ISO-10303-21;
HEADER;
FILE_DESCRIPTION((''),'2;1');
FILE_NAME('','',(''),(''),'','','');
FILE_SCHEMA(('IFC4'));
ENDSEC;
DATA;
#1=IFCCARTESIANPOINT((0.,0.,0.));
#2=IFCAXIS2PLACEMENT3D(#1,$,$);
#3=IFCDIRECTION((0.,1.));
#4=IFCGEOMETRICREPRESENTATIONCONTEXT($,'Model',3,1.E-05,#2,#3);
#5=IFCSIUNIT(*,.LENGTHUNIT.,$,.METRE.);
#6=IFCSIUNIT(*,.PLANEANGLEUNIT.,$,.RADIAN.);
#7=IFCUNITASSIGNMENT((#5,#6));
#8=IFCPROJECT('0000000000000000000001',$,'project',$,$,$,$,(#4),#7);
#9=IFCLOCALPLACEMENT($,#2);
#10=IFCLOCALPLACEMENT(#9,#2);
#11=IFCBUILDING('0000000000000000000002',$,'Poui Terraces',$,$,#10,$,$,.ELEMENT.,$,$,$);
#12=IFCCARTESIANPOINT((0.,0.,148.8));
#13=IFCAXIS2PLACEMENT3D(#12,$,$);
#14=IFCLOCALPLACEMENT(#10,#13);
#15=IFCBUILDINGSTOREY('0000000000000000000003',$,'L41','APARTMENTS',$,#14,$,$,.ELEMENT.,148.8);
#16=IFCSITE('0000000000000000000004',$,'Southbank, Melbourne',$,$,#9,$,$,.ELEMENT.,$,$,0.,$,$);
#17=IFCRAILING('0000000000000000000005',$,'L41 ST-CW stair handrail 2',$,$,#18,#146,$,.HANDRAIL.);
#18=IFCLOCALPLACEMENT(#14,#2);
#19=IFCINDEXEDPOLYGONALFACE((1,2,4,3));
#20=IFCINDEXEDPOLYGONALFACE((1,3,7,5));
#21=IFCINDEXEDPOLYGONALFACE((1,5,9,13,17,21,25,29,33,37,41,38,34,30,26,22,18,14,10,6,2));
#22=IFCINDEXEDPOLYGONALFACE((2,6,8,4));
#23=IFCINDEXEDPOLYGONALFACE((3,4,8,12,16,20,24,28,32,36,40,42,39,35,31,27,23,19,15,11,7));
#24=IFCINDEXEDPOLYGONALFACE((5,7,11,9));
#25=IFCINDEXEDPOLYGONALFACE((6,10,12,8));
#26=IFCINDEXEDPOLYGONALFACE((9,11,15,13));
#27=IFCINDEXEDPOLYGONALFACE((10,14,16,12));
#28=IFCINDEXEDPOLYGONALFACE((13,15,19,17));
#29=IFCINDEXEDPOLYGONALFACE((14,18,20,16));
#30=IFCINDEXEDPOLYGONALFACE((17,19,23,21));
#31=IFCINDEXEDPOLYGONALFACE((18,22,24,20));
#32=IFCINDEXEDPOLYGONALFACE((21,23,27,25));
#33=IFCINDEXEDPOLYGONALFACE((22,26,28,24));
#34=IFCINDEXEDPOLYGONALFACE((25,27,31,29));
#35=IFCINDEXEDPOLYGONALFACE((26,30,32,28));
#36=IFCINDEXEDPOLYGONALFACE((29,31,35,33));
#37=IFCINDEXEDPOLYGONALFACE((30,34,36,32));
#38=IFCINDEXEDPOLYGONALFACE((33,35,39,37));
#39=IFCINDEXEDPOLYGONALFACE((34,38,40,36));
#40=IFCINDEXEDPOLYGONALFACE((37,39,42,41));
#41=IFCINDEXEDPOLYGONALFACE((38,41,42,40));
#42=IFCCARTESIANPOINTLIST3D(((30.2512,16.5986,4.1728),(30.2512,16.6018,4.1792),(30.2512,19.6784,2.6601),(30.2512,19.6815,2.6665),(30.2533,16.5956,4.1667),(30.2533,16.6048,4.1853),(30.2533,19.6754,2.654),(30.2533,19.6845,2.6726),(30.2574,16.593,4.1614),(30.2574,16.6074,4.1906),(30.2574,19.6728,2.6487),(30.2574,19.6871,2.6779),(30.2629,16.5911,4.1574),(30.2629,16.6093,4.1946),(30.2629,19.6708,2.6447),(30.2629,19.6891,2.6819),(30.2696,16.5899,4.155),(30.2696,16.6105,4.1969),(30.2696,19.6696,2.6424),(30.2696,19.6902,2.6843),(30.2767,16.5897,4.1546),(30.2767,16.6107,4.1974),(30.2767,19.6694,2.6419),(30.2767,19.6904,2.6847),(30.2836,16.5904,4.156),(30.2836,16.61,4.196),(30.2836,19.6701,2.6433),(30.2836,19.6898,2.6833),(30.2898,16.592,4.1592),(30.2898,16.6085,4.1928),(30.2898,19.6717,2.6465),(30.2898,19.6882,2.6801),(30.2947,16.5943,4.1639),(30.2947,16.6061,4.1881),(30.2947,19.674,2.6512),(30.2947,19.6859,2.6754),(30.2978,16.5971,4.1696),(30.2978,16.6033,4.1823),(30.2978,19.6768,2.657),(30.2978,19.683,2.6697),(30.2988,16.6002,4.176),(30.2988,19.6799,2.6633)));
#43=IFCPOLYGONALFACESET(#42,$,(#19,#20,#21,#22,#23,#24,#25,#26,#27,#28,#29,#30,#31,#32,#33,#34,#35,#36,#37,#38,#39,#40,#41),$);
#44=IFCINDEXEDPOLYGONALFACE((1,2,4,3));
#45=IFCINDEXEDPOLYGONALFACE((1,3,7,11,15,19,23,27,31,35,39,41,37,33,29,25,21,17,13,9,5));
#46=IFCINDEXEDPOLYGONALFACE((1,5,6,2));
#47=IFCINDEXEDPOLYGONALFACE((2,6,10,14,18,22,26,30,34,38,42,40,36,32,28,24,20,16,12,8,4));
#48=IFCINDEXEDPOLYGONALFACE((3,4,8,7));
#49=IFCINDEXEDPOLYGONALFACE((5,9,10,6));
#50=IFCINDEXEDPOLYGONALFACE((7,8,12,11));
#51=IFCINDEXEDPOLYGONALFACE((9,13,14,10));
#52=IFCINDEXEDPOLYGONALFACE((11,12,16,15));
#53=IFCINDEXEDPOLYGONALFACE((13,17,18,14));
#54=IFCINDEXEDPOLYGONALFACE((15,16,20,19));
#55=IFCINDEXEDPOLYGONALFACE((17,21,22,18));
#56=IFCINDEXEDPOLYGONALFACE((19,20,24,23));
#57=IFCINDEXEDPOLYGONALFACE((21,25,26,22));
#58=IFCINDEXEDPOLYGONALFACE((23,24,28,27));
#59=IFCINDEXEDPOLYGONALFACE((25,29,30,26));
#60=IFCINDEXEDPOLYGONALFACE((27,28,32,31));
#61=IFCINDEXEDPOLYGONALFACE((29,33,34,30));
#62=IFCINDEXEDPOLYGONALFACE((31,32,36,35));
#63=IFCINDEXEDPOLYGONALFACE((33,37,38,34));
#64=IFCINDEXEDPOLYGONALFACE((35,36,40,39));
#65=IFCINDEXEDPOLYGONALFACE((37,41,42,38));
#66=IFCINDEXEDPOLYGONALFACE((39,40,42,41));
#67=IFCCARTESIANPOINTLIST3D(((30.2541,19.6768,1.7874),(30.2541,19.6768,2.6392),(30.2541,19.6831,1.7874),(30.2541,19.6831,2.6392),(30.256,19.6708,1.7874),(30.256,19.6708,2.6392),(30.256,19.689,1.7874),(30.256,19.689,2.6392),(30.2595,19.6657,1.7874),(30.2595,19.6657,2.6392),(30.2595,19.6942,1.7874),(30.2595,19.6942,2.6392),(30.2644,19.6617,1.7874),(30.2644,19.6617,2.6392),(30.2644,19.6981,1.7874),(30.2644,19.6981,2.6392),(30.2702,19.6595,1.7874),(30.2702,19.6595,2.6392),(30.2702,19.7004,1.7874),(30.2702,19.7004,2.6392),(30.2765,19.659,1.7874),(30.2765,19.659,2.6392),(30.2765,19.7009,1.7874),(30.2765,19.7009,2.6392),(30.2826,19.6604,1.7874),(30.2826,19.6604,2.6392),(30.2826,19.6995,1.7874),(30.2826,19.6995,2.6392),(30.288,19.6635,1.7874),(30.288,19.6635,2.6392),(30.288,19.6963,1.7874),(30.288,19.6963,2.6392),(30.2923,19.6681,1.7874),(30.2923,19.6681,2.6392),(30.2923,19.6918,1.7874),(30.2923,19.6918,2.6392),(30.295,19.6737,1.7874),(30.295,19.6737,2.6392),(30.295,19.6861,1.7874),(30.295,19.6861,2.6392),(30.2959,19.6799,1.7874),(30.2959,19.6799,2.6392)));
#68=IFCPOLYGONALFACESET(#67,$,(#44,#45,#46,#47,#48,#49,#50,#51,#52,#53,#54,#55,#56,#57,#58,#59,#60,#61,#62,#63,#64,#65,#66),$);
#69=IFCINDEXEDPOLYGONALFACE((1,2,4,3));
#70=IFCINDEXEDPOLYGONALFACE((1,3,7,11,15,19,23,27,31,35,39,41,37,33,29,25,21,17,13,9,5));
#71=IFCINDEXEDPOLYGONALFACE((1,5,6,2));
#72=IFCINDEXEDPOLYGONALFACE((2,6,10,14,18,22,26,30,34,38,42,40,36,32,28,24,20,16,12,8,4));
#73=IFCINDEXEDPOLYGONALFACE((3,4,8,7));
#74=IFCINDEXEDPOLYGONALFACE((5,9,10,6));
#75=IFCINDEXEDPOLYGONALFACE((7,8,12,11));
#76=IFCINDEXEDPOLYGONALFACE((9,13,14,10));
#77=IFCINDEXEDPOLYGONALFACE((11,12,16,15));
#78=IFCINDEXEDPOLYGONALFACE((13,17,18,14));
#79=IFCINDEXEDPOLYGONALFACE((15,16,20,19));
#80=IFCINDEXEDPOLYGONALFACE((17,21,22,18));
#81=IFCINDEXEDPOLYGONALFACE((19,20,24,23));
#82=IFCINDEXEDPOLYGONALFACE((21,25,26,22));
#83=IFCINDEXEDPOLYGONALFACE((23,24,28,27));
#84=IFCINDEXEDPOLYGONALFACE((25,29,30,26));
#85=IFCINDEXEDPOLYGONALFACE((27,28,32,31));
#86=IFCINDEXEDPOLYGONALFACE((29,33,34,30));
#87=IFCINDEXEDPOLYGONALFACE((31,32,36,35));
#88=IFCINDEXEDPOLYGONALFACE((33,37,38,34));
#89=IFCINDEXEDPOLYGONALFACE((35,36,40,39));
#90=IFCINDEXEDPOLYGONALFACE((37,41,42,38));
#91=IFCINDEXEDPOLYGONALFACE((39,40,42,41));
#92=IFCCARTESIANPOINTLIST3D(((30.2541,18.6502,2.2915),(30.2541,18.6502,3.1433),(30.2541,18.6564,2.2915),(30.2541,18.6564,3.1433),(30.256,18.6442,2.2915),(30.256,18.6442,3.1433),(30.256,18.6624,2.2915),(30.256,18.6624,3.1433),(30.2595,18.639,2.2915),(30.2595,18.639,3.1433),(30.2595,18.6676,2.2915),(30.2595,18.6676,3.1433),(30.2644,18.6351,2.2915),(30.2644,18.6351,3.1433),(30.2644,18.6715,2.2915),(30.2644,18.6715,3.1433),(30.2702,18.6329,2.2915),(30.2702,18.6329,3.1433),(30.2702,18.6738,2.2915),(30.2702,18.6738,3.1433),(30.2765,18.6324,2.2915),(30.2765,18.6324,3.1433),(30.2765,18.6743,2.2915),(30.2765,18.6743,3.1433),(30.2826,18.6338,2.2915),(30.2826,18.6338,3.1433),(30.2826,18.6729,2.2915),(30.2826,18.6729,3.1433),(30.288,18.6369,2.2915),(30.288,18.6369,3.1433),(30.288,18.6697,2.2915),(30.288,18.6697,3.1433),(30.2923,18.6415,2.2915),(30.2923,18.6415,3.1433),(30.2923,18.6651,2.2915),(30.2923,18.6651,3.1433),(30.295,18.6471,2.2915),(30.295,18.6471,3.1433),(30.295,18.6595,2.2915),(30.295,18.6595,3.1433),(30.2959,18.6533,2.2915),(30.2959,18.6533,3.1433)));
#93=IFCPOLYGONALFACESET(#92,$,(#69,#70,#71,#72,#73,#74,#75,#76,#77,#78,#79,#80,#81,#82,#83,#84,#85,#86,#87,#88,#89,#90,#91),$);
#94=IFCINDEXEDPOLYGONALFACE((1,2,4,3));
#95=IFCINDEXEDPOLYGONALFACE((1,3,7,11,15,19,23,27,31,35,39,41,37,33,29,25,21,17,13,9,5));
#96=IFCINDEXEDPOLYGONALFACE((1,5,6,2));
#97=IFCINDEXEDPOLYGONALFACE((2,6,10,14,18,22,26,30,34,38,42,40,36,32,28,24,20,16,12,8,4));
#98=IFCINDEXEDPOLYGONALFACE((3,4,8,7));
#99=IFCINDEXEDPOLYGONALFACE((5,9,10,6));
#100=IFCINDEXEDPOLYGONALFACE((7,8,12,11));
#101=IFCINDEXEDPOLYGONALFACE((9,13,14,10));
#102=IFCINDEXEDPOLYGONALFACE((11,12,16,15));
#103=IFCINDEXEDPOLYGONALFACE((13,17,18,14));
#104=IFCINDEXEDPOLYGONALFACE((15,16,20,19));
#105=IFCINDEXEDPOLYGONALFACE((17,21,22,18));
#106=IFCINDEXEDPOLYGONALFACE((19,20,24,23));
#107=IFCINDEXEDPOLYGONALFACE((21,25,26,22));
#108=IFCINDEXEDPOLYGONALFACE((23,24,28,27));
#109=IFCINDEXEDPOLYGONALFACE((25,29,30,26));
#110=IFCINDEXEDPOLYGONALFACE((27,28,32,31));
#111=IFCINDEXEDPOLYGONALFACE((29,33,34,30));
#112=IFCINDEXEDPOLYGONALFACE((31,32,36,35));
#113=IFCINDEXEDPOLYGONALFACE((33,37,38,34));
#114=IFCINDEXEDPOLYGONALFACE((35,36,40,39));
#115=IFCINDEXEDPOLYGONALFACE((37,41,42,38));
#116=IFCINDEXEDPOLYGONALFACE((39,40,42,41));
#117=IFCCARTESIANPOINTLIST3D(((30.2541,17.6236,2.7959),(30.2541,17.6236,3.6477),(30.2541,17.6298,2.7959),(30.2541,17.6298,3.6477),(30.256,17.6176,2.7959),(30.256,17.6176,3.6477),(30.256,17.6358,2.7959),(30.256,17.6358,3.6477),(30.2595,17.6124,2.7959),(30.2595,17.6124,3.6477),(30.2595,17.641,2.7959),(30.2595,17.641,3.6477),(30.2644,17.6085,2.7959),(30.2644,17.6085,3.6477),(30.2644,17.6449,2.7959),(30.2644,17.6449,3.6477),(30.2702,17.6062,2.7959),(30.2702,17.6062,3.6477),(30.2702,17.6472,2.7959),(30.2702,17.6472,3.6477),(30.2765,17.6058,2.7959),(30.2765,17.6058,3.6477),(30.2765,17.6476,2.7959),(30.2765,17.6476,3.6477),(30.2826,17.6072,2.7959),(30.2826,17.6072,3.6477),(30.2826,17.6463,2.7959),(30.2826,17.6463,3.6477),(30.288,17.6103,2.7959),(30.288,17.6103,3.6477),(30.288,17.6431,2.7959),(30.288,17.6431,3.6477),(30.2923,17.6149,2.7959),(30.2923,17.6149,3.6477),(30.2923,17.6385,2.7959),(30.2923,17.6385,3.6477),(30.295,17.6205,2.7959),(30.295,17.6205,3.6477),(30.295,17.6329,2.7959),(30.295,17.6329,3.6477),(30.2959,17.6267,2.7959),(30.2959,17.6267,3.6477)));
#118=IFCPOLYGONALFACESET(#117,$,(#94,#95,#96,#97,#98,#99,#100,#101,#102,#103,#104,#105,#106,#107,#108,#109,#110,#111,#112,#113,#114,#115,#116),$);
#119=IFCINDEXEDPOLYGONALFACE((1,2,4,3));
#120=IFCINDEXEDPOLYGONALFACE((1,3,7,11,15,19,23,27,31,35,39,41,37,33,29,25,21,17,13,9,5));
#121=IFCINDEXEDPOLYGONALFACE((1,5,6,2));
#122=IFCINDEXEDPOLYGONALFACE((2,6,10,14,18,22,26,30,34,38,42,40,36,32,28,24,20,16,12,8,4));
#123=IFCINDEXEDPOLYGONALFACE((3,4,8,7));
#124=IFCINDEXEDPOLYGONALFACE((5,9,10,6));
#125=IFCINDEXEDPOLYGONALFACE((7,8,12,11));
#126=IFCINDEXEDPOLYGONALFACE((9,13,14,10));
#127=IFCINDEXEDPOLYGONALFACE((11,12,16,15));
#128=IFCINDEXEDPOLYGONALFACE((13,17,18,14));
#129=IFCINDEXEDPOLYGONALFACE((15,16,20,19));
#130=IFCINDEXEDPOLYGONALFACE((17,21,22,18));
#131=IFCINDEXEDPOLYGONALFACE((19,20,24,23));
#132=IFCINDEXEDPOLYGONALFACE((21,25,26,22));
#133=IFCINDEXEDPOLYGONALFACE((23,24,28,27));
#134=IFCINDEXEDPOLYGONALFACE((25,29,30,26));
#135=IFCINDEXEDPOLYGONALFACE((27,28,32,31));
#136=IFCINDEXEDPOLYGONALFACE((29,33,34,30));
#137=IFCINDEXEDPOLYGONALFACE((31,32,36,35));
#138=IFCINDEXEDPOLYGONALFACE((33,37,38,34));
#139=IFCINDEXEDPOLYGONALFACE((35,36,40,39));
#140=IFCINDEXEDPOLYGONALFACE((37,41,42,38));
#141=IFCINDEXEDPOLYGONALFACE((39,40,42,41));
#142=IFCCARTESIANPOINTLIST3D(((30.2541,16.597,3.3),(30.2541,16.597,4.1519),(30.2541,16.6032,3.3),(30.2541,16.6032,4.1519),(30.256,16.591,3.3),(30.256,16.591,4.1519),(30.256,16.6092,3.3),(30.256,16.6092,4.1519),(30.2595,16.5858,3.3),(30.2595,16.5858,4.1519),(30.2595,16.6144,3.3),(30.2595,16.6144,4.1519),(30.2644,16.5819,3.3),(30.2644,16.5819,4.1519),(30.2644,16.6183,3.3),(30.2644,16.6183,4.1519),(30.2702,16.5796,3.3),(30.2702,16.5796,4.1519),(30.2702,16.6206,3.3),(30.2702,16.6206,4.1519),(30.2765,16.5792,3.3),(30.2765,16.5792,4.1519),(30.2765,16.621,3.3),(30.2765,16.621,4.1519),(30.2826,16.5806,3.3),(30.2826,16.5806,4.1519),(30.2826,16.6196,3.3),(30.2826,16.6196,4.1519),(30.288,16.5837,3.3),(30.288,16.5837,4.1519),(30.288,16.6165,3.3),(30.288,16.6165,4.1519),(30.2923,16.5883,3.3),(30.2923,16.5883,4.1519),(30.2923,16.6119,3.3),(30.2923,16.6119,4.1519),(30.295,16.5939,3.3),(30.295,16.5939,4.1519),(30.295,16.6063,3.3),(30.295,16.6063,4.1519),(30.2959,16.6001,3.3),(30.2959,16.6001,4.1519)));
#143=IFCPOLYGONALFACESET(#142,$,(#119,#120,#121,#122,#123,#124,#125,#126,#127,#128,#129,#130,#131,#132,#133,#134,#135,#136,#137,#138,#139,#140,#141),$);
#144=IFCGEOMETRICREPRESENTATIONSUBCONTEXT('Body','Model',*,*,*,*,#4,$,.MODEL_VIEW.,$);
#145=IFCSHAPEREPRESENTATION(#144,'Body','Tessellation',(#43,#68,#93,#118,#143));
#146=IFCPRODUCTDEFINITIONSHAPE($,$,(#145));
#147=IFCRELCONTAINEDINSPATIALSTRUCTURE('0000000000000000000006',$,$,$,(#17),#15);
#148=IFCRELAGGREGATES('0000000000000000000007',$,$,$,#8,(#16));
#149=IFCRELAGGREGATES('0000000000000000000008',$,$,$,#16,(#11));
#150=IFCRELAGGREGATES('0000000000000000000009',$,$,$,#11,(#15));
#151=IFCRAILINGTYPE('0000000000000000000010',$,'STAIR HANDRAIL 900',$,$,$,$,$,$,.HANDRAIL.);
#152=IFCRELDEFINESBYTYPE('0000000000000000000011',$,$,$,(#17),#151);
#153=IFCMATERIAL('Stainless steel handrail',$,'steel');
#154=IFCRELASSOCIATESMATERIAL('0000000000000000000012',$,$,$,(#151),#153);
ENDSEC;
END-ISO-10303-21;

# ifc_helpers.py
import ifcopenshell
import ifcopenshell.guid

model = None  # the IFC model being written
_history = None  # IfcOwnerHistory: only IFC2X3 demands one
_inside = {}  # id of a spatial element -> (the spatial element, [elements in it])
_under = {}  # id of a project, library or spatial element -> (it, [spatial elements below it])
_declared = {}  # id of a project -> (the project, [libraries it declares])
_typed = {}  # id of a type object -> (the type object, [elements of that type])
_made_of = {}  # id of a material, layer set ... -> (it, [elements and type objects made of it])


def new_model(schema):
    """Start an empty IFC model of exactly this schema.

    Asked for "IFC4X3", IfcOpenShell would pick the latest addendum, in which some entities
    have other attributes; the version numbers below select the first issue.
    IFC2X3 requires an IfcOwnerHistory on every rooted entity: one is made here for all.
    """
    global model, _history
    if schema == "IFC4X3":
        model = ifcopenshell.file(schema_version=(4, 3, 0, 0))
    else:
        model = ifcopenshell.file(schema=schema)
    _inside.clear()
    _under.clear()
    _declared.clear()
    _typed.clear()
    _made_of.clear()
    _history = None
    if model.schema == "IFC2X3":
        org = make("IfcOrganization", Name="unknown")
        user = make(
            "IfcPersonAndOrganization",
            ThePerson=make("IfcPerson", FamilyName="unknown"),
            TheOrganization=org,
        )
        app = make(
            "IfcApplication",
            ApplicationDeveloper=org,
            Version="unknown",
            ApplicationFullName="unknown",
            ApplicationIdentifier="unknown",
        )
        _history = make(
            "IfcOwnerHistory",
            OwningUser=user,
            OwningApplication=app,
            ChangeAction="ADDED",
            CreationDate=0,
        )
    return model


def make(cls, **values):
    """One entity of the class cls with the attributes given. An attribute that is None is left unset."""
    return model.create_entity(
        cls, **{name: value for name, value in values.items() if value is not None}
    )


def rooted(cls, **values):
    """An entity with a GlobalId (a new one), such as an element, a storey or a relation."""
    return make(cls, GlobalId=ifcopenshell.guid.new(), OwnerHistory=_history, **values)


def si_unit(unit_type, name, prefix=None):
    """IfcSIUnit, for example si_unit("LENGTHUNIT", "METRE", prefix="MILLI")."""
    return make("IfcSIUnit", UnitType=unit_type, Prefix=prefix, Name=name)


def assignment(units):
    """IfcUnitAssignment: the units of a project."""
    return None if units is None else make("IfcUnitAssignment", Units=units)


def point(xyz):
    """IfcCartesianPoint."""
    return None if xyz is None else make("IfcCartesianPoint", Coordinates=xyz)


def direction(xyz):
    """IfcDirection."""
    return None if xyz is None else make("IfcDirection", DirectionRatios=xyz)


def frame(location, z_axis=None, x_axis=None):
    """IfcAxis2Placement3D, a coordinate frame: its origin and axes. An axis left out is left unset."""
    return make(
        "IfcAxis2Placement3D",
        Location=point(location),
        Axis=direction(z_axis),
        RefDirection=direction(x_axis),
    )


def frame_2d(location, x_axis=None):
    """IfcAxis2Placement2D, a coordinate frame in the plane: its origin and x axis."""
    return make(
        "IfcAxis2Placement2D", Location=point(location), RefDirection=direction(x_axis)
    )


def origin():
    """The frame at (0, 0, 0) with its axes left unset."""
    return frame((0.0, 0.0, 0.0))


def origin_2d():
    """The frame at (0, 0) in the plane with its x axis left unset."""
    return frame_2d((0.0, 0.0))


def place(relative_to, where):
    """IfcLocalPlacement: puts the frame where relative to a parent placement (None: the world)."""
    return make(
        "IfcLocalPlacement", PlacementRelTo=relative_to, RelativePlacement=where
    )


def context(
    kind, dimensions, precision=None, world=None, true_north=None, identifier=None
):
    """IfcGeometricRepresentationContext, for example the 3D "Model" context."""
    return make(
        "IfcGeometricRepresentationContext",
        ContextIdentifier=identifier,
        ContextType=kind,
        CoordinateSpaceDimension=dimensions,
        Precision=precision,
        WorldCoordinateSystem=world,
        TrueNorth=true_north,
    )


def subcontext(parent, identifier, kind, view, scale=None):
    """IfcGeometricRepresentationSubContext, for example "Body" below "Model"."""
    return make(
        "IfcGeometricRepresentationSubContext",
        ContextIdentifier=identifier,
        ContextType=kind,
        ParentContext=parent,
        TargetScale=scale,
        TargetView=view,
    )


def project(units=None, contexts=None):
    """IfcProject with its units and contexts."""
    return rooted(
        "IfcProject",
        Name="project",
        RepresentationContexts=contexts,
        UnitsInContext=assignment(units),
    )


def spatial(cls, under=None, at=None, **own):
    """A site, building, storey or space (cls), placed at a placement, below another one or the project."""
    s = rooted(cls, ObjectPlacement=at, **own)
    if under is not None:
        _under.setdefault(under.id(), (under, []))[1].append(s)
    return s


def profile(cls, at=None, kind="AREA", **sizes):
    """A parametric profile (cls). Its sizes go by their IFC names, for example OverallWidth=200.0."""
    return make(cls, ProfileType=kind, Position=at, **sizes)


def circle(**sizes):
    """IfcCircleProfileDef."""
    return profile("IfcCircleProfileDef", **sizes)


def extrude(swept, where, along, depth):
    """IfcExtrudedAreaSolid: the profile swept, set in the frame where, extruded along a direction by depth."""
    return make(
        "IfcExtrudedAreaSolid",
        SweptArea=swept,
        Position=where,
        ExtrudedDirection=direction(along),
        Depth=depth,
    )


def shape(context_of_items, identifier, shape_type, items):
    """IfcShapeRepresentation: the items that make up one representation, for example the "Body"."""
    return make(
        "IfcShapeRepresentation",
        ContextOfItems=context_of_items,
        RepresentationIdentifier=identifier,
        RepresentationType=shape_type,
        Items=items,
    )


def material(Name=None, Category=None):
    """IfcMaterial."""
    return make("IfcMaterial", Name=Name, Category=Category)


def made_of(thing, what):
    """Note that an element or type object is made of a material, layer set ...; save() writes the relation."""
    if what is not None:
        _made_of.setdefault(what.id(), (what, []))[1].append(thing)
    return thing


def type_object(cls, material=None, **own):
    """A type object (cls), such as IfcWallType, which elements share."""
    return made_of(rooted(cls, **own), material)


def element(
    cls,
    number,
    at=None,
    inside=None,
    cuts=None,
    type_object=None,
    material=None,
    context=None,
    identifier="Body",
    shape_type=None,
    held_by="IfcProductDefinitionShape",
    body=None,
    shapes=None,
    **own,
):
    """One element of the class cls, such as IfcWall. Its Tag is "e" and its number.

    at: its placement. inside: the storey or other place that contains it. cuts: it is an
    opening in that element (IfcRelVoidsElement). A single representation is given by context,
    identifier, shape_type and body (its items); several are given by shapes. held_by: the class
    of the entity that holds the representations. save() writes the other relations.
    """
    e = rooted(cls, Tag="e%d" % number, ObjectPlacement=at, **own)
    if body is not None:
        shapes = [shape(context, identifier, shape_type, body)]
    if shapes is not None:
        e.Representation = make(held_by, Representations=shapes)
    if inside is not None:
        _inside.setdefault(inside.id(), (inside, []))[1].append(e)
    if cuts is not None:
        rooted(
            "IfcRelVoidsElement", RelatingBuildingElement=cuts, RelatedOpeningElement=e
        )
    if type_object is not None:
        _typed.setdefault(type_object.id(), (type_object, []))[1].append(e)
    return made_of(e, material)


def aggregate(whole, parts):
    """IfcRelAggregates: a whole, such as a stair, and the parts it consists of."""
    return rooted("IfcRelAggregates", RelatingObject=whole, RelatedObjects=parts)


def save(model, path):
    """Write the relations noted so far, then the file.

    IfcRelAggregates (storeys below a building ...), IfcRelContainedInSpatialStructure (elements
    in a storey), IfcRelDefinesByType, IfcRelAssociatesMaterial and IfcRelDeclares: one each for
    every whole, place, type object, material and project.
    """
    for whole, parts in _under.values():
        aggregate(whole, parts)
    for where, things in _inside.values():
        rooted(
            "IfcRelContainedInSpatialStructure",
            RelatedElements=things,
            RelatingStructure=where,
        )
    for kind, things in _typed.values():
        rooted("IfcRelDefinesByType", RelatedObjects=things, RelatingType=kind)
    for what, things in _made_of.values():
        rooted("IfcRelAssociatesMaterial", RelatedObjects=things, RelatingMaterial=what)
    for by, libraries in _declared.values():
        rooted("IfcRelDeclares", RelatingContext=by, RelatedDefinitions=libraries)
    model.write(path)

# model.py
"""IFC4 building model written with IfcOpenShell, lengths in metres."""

from ifc_helpers import new_model, si_unit, direction, frame, origin, origin_2d, place, context, subcontext, project, spatial, circle, extrude, material, type_object, element, save


model = new_model("IFC4")

# Units and contexts
model_context = context("Model", 3, precision=1e-05, world=origin(), true_north=direction((0.0, 1.0)))
body_context = subcontext(model_context, "Body", "Model", "MODEL_VIEW")
ifc_project = project(units=[si_unit("LENGTHUNIT", "METRE"), si_unit("PLANEANGLEUNIT", "RADIAN")], contexts=[model_context])

# Site, building, storey
site_placement = place(None, origin())
site = spatial("IfcSite", under=ifc_project, at=site_placement, Name="Southbank, Melbourne", CompositionType="ELEMENT", RefElevation=0.0)
building_placement = place(site_placement, origin())
building = spatial("IfcBuilding", under=site, at=building_placement, Name="Poui Terraces", CompositionType="ELEMENT")
storey_placement = place(building_placement, frame((0.0, 0.0, 148.8)))
storey = spatial("IfcBuildingStorey", under=building, at=storey_placement, Name="L41", Description="APARTMENTS", CompositionType="ELEMENT", Elevation=148.8)

# Railing
ifc_material_1 = material(Name="Stainless steel handrail", Category="steel")
railing_type_1 = type_object("IfcRailingType", Name="STAIR HANDRAIL 900", PredefinedType="HANDRAIL", material=ifc_material_1)
railing_1_placement = place(storey_placement, frame((30.2749, 19.6799, 1.7874)))
element("IfcRailing", 1, at=railing_1_placement, inside=storey, type_object=railing_type_1, Name="L41 ST-CW stair handrail 2", PredefinedType="HANDRAIL", context=body_context, shape_type="SweptSolid", body=[
    extrude(circle(Radius=0.0239, at=origin_2d()), frame((0.0, 0.0, 0.876), z_axis=(0.0, -0.897578, 0.440856), x_axis=(1.0, 0.0, 0.0)), (0.0, 0.0, 1.0), 3.4312),
    extrude(circle(Radius=0.021, at=origin_2d()), origin(), (0.0, 0.0, 1.0), 0.8518),
    extrude(circle(Radius=0.021, at=origin_2d()), frame((0.0, -1.0266, 0.5042)), (0.0, 0.0, 1.0), 0.8518),
    extrude(circle(Radius=0.021, at=origin_2d()), frame((0.0, -2.0532, 1.0085)), (0.0, 0.0, 1.0), 0.8518),
    extrude(circle(Radius=0.021, at=origin_2d()), frame((0.0, -3.0798, 1.5127)), (0.0, 0.0, 1.0), 0.8518),
])

save(model, "model.ifc")
